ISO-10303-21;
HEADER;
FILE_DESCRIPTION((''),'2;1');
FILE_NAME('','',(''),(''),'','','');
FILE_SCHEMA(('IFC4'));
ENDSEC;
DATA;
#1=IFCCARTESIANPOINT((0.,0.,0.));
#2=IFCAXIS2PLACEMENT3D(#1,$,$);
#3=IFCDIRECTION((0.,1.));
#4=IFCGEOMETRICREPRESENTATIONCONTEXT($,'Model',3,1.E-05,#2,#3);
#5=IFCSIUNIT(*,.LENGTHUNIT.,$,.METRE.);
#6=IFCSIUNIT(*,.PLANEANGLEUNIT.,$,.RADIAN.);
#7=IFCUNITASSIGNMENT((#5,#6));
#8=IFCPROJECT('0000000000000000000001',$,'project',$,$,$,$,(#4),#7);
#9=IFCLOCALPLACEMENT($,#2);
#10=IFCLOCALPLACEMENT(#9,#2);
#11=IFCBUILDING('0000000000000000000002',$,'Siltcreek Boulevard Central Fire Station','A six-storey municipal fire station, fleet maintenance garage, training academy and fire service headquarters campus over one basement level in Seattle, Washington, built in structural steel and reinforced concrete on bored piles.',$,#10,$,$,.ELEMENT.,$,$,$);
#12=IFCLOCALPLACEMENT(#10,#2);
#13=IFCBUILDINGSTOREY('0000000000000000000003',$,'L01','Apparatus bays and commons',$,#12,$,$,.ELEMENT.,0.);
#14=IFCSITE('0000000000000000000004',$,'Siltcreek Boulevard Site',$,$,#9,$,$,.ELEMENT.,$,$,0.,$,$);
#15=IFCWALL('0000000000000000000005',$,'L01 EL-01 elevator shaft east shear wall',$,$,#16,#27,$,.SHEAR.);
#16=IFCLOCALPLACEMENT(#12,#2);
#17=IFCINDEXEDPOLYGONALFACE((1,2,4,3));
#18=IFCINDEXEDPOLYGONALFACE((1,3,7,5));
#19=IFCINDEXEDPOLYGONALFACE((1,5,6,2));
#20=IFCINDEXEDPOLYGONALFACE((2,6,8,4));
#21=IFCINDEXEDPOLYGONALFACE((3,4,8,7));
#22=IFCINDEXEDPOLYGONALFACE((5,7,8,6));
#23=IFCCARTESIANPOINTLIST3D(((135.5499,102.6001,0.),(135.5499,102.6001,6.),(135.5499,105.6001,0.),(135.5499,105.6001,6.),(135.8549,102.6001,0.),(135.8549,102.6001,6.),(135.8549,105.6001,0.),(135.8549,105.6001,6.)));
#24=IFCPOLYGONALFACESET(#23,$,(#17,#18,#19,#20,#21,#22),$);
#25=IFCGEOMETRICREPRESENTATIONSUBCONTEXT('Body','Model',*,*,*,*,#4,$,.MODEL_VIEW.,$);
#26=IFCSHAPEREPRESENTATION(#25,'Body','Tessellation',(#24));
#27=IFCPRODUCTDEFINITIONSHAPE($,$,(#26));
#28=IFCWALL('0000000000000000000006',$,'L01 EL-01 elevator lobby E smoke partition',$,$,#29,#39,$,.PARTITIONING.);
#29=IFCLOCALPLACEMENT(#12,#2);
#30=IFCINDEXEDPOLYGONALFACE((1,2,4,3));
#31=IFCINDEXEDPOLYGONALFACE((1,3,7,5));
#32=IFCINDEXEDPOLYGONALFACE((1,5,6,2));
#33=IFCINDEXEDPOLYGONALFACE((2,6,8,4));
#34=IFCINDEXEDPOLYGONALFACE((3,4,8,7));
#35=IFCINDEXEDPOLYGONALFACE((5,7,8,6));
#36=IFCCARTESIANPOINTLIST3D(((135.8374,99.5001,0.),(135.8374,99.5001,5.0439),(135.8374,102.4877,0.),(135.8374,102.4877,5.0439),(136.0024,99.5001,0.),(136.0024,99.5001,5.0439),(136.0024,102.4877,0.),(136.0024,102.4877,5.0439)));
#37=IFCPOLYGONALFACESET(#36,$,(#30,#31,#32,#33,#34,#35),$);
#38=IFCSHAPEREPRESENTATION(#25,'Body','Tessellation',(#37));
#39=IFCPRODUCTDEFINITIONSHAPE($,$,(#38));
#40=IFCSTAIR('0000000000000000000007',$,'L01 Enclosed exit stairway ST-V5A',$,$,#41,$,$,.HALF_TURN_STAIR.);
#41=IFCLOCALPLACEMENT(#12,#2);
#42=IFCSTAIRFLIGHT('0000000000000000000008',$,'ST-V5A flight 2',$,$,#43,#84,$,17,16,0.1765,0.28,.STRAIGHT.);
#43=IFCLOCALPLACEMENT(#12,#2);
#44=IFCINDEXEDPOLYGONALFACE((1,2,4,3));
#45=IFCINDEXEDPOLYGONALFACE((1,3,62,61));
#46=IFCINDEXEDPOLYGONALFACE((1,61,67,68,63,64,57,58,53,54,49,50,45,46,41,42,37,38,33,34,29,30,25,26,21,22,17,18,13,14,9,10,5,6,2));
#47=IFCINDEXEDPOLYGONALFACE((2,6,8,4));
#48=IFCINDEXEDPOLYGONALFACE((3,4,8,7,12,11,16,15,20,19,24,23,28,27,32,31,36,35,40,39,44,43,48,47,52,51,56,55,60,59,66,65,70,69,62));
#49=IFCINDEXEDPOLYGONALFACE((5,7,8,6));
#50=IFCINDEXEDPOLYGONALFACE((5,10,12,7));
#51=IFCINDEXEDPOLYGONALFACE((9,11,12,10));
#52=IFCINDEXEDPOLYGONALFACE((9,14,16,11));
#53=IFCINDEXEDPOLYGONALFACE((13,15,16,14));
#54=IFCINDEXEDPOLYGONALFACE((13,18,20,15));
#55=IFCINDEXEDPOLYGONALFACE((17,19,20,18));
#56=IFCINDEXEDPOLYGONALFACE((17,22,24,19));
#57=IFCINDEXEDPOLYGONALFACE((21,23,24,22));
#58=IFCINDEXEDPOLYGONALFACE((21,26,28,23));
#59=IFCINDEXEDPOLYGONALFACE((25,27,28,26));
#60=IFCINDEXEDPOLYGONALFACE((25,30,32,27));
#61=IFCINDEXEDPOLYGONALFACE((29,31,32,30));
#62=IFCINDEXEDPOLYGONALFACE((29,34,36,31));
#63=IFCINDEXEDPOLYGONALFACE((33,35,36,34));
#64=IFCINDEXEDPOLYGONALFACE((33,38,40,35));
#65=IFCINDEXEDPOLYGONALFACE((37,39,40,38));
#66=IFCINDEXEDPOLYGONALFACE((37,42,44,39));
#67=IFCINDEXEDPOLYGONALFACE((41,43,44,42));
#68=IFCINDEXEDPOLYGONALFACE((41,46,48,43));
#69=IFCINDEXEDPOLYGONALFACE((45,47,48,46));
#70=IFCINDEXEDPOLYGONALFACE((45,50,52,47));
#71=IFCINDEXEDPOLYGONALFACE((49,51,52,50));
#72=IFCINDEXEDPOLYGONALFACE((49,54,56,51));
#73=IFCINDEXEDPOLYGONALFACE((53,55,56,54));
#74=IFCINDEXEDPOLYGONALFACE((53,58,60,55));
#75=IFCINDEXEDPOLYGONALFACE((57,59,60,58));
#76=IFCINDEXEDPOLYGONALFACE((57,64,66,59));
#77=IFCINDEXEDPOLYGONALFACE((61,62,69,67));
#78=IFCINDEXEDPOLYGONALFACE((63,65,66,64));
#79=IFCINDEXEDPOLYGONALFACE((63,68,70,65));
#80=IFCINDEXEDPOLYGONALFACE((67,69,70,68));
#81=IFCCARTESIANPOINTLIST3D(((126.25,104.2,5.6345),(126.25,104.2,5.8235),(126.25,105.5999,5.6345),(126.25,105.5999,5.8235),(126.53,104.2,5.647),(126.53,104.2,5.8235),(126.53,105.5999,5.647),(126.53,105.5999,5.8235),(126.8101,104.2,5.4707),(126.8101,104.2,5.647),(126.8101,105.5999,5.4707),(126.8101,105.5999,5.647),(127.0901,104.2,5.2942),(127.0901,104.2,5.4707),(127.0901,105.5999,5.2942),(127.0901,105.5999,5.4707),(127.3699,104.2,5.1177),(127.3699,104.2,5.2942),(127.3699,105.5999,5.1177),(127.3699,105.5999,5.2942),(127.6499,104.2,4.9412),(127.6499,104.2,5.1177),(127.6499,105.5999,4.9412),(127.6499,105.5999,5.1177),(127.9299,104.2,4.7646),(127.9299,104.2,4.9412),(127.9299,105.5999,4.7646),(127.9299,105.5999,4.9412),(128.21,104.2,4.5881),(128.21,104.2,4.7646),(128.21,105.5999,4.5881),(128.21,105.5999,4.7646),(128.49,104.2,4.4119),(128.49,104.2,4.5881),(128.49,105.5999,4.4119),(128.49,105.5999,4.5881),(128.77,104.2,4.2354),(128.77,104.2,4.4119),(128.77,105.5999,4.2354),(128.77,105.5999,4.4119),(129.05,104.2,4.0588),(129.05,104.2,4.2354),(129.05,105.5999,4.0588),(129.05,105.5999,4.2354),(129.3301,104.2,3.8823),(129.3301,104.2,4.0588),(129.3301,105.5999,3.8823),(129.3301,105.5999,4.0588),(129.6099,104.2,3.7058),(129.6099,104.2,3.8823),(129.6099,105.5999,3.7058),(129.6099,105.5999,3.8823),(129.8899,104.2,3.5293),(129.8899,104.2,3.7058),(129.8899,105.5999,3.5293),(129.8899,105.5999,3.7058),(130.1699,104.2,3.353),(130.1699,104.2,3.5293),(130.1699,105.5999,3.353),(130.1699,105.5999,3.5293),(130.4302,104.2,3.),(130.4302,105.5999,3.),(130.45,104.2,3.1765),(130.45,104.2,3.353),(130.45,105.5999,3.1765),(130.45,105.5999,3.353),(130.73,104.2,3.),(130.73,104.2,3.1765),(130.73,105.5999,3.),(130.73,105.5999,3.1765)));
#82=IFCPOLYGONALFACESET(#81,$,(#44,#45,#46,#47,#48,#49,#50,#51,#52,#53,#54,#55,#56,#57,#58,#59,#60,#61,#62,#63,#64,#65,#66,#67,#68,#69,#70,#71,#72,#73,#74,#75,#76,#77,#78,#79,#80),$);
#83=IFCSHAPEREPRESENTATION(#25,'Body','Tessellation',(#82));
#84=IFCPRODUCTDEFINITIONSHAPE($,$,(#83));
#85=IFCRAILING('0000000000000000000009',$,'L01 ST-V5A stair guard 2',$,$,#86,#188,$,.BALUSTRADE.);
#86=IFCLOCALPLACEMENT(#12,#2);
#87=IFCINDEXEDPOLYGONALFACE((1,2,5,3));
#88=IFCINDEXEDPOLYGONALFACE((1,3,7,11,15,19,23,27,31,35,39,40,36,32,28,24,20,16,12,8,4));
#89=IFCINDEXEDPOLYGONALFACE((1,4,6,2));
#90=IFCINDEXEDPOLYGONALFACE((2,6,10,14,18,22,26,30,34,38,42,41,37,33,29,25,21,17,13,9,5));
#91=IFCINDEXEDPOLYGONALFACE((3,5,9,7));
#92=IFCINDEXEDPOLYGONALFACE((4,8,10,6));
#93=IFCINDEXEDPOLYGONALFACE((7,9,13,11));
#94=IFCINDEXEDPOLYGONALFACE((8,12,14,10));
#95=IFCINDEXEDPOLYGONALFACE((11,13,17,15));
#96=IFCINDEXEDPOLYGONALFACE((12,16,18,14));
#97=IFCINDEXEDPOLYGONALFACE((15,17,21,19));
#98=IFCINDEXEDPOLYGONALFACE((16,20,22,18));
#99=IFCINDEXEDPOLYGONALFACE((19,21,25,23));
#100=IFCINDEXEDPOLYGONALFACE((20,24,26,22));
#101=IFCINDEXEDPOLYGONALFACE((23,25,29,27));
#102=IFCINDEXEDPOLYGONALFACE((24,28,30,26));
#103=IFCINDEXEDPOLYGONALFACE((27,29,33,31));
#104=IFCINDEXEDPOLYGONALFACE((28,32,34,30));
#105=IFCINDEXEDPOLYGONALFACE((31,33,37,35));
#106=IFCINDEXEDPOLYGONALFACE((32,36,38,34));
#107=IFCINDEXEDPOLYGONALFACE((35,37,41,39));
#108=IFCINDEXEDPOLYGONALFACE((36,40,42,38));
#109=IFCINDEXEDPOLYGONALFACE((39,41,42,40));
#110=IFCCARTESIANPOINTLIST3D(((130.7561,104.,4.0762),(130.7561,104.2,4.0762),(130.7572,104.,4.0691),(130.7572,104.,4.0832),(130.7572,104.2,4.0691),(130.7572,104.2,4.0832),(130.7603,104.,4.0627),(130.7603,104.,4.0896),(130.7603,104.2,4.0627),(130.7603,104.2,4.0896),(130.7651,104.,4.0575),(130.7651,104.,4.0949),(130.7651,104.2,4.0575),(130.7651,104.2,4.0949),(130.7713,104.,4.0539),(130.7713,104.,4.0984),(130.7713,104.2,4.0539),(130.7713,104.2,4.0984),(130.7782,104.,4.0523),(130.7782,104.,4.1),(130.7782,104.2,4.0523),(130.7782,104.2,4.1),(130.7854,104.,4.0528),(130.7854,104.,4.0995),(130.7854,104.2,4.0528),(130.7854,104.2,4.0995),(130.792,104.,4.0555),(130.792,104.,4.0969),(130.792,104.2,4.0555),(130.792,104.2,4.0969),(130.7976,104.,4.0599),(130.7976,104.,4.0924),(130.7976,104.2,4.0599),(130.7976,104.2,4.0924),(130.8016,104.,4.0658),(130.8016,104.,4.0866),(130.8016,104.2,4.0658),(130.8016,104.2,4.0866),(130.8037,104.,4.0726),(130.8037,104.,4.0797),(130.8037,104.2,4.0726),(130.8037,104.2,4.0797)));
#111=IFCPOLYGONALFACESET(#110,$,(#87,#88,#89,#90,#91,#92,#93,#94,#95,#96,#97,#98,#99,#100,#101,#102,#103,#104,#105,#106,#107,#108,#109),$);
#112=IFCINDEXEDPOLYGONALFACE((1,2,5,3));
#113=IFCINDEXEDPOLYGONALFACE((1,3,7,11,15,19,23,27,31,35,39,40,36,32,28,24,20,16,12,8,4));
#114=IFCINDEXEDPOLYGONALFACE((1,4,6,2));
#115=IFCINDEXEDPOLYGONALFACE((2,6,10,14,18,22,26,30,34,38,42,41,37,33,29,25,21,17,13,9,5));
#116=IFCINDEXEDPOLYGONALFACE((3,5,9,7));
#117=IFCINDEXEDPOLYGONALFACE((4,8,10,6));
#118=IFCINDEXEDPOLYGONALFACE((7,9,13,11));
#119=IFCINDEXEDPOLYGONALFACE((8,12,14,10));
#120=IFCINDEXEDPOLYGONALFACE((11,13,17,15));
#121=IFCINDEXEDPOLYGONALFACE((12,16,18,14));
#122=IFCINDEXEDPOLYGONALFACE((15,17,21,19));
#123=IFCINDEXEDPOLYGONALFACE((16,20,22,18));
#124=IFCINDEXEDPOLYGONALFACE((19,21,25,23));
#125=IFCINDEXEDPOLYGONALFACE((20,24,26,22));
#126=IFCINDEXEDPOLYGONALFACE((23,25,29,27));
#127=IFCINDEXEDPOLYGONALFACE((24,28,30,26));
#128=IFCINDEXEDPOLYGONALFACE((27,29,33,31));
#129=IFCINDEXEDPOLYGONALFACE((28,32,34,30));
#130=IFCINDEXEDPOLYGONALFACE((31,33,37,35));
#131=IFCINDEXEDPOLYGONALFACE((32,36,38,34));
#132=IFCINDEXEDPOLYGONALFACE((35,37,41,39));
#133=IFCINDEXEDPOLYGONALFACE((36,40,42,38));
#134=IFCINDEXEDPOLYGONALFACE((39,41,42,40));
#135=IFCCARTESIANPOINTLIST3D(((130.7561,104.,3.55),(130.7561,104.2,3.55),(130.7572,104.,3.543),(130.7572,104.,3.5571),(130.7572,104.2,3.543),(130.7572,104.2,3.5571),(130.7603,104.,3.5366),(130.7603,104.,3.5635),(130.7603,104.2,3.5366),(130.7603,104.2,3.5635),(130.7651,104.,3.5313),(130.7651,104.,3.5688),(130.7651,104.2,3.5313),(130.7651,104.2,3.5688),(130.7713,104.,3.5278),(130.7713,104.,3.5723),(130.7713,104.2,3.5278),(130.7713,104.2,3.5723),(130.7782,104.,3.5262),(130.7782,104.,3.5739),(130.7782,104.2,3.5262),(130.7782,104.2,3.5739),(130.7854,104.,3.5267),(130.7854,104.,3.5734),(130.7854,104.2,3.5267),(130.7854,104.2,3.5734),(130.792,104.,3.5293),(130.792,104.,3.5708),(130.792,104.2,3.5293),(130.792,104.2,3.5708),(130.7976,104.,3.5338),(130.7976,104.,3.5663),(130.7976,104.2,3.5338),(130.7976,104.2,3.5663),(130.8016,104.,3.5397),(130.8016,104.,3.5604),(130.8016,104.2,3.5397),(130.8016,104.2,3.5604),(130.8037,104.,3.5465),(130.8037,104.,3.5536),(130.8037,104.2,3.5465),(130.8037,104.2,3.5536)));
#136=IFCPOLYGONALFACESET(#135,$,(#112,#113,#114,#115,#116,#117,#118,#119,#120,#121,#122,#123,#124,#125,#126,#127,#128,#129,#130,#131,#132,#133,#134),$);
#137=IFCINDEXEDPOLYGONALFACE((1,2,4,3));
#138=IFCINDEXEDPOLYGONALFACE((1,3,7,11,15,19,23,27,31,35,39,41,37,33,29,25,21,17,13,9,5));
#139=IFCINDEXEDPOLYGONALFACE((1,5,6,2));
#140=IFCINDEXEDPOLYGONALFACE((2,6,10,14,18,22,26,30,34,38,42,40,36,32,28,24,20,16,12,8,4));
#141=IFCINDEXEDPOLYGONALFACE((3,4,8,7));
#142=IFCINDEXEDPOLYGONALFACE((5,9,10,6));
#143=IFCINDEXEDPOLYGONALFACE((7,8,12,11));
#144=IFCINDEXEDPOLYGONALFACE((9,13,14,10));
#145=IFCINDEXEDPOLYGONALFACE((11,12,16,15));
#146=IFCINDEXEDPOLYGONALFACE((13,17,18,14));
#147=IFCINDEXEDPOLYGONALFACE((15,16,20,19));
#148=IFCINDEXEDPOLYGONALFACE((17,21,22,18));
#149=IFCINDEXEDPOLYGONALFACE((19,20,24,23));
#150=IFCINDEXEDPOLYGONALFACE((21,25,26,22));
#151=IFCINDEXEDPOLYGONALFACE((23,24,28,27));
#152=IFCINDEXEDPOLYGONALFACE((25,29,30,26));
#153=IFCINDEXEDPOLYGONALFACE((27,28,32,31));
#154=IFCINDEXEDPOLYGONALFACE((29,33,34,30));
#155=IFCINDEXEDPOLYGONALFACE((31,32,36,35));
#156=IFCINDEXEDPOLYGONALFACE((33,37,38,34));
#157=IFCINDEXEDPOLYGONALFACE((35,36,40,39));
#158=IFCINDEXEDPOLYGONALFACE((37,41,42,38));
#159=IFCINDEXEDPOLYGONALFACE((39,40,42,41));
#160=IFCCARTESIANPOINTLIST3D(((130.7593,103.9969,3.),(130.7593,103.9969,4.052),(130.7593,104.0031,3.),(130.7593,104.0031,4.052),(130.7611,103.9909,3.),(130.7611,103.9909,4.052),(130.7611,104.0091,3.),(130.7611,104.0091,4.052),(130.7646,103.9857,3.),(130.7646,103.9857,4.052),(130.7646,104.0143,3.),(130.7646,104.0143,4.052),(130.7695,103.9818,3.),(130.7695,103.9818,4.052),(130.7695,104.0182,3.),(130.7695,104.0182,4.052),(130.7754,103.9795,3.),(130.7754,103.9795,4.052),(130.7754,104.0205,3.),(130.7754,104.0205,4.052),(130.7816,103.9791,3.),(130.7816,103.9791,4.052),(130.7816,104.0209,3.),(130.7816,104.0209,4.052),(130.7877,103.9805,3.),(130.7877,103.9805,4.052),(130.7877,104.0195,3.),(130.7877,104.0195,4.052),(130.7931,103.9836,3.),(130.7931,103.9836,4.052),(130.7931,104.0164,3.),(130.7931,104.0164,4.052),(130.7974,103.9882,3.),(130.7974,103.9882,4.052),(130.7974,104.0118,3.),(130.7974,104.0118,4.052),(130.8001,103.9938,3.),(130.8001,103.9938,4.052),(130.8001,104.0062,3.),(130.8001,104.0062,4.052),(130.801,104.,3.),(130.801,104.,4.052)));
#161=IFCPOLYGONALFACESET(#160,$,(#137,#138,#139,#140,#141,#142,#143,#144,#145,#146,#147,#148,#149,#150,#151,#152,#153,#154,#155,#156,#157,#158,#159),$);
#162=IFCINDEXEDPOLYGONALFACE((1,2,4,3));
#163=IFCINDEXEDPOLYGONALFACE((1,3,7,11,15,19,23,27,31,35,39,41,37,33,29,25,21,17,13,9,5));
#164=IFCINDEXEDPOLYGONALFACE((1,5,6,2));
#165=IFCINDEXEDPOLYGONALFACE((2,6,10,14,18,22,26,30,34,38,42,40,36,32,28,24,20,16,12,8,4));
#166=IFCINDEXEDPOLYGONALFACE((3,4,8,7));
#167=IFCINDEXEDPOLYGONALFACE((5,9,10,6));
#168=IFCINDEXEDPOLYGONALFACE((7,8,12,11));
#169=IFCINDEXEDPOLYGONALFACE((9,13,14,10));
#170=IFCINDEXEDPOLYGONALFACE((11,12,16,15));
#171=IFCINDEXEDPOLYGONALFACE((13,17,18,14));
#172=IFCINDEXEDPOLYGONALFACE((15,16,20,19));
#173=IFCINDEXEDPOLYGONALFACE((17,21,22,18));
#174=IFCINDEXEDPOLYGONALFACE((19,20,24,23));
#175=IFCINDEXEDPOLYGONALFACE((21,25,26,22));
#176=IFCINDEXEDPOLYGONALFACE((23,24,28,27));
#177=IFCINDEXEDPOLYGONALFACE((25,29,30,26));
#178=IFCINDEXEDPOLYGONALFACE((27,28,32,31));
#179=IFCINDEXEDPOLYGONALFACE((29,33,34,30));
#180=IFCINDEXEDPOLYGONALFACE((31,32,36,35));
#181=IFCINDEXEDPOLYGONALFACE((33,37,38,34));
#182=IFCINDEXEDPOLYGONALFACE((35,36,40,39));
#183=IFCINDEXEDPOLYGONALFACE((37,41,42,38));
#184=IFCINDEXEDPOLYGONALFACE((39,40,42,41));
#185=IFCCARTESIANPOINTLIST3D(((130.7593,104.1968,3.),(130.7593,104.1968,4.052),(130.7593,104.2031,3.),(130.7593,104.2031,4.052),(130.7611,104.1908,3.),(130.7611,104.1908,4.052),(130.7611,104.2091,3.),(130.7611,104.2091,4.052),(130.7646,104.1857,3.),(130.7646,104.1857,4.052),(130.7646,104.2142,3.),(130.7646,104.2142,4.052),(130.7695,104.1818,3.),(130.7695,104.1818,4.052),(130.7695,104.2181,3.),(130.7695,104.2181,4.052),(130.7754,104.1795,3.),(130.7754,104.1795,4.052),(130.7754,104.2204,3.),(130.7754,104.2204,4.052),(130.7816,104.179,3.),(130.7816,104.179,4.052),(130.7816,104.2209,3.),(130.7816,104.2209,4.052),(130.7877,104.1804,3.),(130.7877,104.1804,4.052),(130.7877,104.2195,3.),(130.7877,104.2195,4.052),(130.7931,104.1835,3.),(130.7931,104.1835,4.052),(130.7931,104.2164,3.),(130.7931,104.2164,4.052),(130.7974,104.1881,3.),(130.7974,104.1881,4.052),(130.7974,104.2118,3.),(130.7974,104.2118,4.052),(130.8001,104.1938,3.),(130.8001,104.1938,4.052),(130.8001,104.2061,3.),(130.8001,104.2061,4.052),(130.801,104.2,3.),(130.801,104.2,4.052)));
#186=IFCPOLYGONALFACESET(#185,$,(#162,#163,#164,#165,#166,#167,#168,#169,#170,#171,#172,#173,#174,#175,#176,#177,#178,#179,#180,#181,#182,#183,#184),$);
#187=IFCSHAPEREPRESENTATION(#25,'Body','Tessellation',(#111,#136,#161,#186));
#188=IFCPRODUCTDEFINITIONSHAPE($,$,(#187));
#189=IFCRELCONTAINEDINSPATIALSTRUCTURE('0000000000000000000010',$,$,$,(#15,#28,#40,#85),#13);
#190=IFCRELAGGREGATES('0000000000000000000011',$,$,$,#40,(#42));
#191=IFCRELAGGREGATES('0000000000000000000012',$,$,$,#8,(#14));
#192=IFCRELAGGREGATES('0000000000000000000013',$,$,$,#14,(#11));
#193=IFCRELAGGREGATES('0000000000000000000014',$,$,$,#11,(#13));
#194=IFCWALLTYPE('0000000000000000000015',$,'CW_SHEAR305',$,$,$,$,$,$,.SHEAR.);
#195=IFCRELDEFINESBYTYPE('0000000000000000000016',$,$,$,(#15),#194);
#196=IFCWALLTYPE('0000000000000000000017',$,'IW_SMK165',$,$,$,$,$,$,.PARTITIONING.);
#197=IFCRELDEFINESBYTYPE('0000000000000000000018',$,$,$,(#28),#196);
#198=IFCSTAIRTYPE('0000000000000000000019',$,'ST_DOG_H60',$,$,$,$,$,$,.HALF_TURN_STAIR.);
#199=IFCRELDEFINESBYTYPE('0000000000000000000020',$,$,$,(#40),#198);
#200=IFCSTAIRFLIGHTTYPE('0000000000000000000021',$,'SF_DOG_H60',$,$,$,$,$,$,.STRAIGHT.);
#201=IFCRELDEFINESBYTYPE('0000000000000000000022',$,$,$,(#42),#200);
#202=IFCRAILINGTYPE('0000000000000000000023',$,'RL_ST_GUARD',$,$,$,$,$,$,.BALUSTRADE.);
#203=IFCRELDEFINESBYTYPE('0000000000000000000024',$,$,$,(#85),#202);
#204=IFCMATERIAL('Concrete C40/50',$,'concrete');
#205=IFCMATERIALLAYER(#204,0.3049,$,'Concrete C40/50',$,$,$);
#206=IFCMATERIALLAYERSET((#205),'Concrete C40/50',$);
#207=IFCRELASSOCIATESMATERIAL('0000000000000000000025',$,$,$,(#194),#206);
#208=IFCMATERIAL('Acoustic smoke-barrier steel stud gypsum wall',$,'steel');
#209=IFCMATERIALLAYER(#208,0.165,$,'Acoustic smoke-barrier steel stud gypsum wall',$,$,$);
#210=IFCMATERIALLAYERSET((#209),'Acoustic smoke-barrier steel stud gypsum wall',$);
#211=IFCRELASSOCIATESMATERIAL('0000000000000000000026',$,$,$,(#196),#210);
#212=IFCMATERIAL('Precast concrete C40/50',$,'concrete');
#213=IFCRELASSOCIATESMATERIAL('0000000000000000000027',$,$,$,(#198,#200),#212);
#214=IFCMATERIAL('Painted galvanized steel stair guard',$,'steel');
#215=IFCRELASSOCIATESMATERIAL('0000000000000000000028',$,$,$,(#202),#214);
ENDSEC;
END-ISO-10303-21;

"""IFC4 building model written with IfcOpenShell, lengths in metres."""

from ifc_helpers import new_model, si_unit, direction, frame, frame_2d, origin, origin_2d, place, context, subcontext, project, spatial, polyline, rectangle, circle, outline, extrude, material, layer, layer_set, type_object, element, aggregate, save


model = new_model("IFC4")

# Units and contexts
model_context = context("Model", 3, precision=1e-05, world=origin(), true_north=direction((0.0, 1.0)))
body_context = subcontext(model_context, "Body", "Model", "MODEL_VIEW")
ifc_project = project(units=[si_unit("LENGTHUNIT", "METRE"), si_unit("PLANEANGLEUNIT", "RADIAN")], contexts=[model_context])

# Site, building, storey
site_placement = place(None, origin())
site = spatial("IfcSite", under=ifc_project, at=site_placement, Name="Siltcreek Boulevard Site", CompositionType="ELEMENT", RefElevation=0.0)
building_placement = place(site_placement, origin())
building = spatial("IfcBuilding", under=site, at=building_placement, Name="Siltcreek Boulevard Central Fire Station", Description="A six-storey municipal fire station, fleet maintenance garage, training academy and fire service headquarters campus over one basement level in Seattle, Washington, built in structural steel and reinforced concrete on bored piles.", CompositionType="ELEMENT")
storey_placement = place(building_placement, origin())
storey = spatial("IfcBuildingStorey", under=building, at=storey_placement, Name="L01", Description="Apparatus bays and commons", CompositionType="ELEMENT", Elevation=0.0)

# Shared definitions
ifc_material_1 = material(Name="Concrete C40/50", Category="concrete")

# Shared definitions
ifc_layer_1 = layer(ifc_material_1, 0.3049, Name="Concrete C40/50")
ifc_layer_set_1 = layer_set([ifc_layer_1], Name="Concrete C40/50")
wall_type_1 = type_object("IfcWallType", Name="CW_SHEAR305", PredefinedType="SHEAR", material=ifc_layer_set_1)

# Walls
for number, where, z_axis, x_axis, name in (
    (1, (135.7024, 102.6001, 0.0), (0.0, 0.0, 1.0), (0.0, 1.0, 0.0), "L01 EL-01 elevator shaft east shear wall"),
):
    element("IfcWall", number, at=place(storey_placement, frame(where, z_axis=z_axis, x_axis=x_axis)), inside=storey, type_object=wall_type_1, Name=name, PredefinedType="SHEAR", context=body_context, shape_type="SweptSolid", body=[
        extrude(rectangle(XDim=3.0, YDim=0.3049, at=frame_2d((1.5, 0.0))), origin(), (0.0, 0.0, 1.0), 6.0),
    ])
ifc_material_2 = material(Name="Acoustic smoke-barrier steel stud gypsum wall", Category="steel")
ifc_layer_2 = layer(ifc_material_2, 0.165, Name="Acoustic smoke-barrier steel stud gypsum wall")
ifc_layer_set_2 = layer_set([ifc_layer_2], Name="Acoustic smoke-barrier steel stud gypsum wall")
wall_type_2 = type_object("IfcWallType", Name="IW_SMK165", PredefinedType="PARTITIONING", material=ifc_layer_set_2)
wall_1_placement = place(storey_placement, frame((135.9199, 102.4875, 0.0), z_axis=(0.0, 0.0, 1.0), x_axis=(0.0, -1.0, 0.0)))
element("IfcWall", 2, at=wall_1_placement, inside=storey, type_object=wall_type_2, Name="L01 EL-01 elevator lobby E smoke partition", PredefinedType="PARTITIONING", context=body_context, shape_type="SweptSolid", body=[
    extrude(rectangle(XDim=2.9875, YDim=0.165, at=frame_2d((1.4937, 0.0))), origin(), (0.0, 0.0, 1.0), 5.0439),
])

# Stair, stair flight
ifc_material_3 = material(Name="Precast concrete C40/50", Category="concrete")
stair_type = type_object("IfcStairType", Name="ST_DOG_H60", PredefinedType="HALF_TURN_STAIR", material=ifc_material_3)
stair_placement = place(storey_placement, origin())
stair = element("IfcStair", 3, at=stair_placement, inside=storey, type_object=stair_type, Name="L01 Enclosed exit stairway ST-V5A", PredefinedType="HALF_TURN_STAIR")
stair_flight_type = type_object("IfcStairFlightType", Name="SF_DOG_H60", PredefinedType="STRAIGHT", material=ifc_material_3)
stair_flight_placement = place(storey_placement, frame((130.73, 104.8999, 3.0), z_axis=(0.0, 0.0, 1.0), x_axis=(-1.0, 0.0, 0.0)))
stair_flight = element("IfcStairFlight", 4, at=stair_flight_placement, type_object=stair_flight_type, Name="ST-V5A flight 2", NumberOfRisers=17, NumberOfTreads=16, PredefinedType="STRAIGHT", RiserHeight=0.1765, TreadLength=0.28, context=body_context, shape_type="SweptSolid", body=[
    extrude(outline(polyline([(0.0, 0.0), (0.0, 0.1765), (0.28, 0.1765), (0.28, 0.353), (0.5601, 0.353), (0.5601, 0.5293), (0.8401, 0.5293), (0.8401, 0.7058), (1.1201, 0.7058), (1.1201, 0.8823), (1.3999, 0.8823), (1.3999, 1.0588), (1.6799, 1.0588), (1.6799, 1.2354), (1.96, 1.2354), (1.96, 1.4119), (2.24, 1.4119), (2.24, 1.5881), (2.52, 1.5881), (2.52, 1.7646), (2.8, 1.7646), (2.8, 1.9412), (3.0801, 1.9412), (3.0801, 2.1177), (3.3601, 2.1177), (3.3601, 2.2942), (3.6399, 2.2942), (3.6399, 2.4707), (3.9199, 2.4707), (3.9199, 2.647), (4.2, 2.647), (4.2, 2.8235), (4.48, 2.8235), (4.48, 3.0), (4.48, 2.6345), (0.2998, 0.0), (0.0, 0.0)])), frame((0.0, 0.7, 0.0), z_axis=(0.0, -1.0, 0.0), x_axis=(1.0, 0.0, 0.0)), (0.0, 0.0, 1.0), 1.3999),
])
aggregate(stair, [stair_flight])

# Railing
ifc_material_4 = material(Name="Painted galvanized steel stair guard", Category="steel")
railing_type_1 = type_object("IfcRailingType", Name="RL_ST_GUARD", PredefinedType="BALUSTRADE", material=ifc_material_4)
railing_1_placement = place(storey_placement, frame((130.78, 104.0, 3.0)))
element("IfcRailing", 5, at=railing_1_placement, inside=storey, type_object=railing_type_1, Name="L01 ST-V5A stair guard 2", PredefinedType="BALUSTRADE", context=body_context, shape_type="SweptSolid", body=[
    extrude(circle(Radius=0.0239, at=origin_2d()), frame((0.0, 0.0, 1.0762), z_axis=(0.0, 1.0, 0.0), x_axis=(-1.0, 0.0, 0.0)), (0.0, 0.0, 1.0), 0.2),
    extrude(circle(Radius=0.0239, at=origin_2d()), frame((0.0, 0.0, 0.55), z_axis=(0.0, 1.0, 0.0), x_axis=(-1.0, 0.0, 0.0)), (0.0, 0.0, 1.0), 0.2),
    extrude(circle(Radius=0.021, at=origin_2d()), origin(), (0.0, 0.0, 1.0), 1.052),
    extrude(circle(Radius=0.021, at=origin_2d()), frame((0.0, 0.2, 0.0)), (0.0, 0.0, 1.0), 1.052),
])

save(model, "model.ifc")
